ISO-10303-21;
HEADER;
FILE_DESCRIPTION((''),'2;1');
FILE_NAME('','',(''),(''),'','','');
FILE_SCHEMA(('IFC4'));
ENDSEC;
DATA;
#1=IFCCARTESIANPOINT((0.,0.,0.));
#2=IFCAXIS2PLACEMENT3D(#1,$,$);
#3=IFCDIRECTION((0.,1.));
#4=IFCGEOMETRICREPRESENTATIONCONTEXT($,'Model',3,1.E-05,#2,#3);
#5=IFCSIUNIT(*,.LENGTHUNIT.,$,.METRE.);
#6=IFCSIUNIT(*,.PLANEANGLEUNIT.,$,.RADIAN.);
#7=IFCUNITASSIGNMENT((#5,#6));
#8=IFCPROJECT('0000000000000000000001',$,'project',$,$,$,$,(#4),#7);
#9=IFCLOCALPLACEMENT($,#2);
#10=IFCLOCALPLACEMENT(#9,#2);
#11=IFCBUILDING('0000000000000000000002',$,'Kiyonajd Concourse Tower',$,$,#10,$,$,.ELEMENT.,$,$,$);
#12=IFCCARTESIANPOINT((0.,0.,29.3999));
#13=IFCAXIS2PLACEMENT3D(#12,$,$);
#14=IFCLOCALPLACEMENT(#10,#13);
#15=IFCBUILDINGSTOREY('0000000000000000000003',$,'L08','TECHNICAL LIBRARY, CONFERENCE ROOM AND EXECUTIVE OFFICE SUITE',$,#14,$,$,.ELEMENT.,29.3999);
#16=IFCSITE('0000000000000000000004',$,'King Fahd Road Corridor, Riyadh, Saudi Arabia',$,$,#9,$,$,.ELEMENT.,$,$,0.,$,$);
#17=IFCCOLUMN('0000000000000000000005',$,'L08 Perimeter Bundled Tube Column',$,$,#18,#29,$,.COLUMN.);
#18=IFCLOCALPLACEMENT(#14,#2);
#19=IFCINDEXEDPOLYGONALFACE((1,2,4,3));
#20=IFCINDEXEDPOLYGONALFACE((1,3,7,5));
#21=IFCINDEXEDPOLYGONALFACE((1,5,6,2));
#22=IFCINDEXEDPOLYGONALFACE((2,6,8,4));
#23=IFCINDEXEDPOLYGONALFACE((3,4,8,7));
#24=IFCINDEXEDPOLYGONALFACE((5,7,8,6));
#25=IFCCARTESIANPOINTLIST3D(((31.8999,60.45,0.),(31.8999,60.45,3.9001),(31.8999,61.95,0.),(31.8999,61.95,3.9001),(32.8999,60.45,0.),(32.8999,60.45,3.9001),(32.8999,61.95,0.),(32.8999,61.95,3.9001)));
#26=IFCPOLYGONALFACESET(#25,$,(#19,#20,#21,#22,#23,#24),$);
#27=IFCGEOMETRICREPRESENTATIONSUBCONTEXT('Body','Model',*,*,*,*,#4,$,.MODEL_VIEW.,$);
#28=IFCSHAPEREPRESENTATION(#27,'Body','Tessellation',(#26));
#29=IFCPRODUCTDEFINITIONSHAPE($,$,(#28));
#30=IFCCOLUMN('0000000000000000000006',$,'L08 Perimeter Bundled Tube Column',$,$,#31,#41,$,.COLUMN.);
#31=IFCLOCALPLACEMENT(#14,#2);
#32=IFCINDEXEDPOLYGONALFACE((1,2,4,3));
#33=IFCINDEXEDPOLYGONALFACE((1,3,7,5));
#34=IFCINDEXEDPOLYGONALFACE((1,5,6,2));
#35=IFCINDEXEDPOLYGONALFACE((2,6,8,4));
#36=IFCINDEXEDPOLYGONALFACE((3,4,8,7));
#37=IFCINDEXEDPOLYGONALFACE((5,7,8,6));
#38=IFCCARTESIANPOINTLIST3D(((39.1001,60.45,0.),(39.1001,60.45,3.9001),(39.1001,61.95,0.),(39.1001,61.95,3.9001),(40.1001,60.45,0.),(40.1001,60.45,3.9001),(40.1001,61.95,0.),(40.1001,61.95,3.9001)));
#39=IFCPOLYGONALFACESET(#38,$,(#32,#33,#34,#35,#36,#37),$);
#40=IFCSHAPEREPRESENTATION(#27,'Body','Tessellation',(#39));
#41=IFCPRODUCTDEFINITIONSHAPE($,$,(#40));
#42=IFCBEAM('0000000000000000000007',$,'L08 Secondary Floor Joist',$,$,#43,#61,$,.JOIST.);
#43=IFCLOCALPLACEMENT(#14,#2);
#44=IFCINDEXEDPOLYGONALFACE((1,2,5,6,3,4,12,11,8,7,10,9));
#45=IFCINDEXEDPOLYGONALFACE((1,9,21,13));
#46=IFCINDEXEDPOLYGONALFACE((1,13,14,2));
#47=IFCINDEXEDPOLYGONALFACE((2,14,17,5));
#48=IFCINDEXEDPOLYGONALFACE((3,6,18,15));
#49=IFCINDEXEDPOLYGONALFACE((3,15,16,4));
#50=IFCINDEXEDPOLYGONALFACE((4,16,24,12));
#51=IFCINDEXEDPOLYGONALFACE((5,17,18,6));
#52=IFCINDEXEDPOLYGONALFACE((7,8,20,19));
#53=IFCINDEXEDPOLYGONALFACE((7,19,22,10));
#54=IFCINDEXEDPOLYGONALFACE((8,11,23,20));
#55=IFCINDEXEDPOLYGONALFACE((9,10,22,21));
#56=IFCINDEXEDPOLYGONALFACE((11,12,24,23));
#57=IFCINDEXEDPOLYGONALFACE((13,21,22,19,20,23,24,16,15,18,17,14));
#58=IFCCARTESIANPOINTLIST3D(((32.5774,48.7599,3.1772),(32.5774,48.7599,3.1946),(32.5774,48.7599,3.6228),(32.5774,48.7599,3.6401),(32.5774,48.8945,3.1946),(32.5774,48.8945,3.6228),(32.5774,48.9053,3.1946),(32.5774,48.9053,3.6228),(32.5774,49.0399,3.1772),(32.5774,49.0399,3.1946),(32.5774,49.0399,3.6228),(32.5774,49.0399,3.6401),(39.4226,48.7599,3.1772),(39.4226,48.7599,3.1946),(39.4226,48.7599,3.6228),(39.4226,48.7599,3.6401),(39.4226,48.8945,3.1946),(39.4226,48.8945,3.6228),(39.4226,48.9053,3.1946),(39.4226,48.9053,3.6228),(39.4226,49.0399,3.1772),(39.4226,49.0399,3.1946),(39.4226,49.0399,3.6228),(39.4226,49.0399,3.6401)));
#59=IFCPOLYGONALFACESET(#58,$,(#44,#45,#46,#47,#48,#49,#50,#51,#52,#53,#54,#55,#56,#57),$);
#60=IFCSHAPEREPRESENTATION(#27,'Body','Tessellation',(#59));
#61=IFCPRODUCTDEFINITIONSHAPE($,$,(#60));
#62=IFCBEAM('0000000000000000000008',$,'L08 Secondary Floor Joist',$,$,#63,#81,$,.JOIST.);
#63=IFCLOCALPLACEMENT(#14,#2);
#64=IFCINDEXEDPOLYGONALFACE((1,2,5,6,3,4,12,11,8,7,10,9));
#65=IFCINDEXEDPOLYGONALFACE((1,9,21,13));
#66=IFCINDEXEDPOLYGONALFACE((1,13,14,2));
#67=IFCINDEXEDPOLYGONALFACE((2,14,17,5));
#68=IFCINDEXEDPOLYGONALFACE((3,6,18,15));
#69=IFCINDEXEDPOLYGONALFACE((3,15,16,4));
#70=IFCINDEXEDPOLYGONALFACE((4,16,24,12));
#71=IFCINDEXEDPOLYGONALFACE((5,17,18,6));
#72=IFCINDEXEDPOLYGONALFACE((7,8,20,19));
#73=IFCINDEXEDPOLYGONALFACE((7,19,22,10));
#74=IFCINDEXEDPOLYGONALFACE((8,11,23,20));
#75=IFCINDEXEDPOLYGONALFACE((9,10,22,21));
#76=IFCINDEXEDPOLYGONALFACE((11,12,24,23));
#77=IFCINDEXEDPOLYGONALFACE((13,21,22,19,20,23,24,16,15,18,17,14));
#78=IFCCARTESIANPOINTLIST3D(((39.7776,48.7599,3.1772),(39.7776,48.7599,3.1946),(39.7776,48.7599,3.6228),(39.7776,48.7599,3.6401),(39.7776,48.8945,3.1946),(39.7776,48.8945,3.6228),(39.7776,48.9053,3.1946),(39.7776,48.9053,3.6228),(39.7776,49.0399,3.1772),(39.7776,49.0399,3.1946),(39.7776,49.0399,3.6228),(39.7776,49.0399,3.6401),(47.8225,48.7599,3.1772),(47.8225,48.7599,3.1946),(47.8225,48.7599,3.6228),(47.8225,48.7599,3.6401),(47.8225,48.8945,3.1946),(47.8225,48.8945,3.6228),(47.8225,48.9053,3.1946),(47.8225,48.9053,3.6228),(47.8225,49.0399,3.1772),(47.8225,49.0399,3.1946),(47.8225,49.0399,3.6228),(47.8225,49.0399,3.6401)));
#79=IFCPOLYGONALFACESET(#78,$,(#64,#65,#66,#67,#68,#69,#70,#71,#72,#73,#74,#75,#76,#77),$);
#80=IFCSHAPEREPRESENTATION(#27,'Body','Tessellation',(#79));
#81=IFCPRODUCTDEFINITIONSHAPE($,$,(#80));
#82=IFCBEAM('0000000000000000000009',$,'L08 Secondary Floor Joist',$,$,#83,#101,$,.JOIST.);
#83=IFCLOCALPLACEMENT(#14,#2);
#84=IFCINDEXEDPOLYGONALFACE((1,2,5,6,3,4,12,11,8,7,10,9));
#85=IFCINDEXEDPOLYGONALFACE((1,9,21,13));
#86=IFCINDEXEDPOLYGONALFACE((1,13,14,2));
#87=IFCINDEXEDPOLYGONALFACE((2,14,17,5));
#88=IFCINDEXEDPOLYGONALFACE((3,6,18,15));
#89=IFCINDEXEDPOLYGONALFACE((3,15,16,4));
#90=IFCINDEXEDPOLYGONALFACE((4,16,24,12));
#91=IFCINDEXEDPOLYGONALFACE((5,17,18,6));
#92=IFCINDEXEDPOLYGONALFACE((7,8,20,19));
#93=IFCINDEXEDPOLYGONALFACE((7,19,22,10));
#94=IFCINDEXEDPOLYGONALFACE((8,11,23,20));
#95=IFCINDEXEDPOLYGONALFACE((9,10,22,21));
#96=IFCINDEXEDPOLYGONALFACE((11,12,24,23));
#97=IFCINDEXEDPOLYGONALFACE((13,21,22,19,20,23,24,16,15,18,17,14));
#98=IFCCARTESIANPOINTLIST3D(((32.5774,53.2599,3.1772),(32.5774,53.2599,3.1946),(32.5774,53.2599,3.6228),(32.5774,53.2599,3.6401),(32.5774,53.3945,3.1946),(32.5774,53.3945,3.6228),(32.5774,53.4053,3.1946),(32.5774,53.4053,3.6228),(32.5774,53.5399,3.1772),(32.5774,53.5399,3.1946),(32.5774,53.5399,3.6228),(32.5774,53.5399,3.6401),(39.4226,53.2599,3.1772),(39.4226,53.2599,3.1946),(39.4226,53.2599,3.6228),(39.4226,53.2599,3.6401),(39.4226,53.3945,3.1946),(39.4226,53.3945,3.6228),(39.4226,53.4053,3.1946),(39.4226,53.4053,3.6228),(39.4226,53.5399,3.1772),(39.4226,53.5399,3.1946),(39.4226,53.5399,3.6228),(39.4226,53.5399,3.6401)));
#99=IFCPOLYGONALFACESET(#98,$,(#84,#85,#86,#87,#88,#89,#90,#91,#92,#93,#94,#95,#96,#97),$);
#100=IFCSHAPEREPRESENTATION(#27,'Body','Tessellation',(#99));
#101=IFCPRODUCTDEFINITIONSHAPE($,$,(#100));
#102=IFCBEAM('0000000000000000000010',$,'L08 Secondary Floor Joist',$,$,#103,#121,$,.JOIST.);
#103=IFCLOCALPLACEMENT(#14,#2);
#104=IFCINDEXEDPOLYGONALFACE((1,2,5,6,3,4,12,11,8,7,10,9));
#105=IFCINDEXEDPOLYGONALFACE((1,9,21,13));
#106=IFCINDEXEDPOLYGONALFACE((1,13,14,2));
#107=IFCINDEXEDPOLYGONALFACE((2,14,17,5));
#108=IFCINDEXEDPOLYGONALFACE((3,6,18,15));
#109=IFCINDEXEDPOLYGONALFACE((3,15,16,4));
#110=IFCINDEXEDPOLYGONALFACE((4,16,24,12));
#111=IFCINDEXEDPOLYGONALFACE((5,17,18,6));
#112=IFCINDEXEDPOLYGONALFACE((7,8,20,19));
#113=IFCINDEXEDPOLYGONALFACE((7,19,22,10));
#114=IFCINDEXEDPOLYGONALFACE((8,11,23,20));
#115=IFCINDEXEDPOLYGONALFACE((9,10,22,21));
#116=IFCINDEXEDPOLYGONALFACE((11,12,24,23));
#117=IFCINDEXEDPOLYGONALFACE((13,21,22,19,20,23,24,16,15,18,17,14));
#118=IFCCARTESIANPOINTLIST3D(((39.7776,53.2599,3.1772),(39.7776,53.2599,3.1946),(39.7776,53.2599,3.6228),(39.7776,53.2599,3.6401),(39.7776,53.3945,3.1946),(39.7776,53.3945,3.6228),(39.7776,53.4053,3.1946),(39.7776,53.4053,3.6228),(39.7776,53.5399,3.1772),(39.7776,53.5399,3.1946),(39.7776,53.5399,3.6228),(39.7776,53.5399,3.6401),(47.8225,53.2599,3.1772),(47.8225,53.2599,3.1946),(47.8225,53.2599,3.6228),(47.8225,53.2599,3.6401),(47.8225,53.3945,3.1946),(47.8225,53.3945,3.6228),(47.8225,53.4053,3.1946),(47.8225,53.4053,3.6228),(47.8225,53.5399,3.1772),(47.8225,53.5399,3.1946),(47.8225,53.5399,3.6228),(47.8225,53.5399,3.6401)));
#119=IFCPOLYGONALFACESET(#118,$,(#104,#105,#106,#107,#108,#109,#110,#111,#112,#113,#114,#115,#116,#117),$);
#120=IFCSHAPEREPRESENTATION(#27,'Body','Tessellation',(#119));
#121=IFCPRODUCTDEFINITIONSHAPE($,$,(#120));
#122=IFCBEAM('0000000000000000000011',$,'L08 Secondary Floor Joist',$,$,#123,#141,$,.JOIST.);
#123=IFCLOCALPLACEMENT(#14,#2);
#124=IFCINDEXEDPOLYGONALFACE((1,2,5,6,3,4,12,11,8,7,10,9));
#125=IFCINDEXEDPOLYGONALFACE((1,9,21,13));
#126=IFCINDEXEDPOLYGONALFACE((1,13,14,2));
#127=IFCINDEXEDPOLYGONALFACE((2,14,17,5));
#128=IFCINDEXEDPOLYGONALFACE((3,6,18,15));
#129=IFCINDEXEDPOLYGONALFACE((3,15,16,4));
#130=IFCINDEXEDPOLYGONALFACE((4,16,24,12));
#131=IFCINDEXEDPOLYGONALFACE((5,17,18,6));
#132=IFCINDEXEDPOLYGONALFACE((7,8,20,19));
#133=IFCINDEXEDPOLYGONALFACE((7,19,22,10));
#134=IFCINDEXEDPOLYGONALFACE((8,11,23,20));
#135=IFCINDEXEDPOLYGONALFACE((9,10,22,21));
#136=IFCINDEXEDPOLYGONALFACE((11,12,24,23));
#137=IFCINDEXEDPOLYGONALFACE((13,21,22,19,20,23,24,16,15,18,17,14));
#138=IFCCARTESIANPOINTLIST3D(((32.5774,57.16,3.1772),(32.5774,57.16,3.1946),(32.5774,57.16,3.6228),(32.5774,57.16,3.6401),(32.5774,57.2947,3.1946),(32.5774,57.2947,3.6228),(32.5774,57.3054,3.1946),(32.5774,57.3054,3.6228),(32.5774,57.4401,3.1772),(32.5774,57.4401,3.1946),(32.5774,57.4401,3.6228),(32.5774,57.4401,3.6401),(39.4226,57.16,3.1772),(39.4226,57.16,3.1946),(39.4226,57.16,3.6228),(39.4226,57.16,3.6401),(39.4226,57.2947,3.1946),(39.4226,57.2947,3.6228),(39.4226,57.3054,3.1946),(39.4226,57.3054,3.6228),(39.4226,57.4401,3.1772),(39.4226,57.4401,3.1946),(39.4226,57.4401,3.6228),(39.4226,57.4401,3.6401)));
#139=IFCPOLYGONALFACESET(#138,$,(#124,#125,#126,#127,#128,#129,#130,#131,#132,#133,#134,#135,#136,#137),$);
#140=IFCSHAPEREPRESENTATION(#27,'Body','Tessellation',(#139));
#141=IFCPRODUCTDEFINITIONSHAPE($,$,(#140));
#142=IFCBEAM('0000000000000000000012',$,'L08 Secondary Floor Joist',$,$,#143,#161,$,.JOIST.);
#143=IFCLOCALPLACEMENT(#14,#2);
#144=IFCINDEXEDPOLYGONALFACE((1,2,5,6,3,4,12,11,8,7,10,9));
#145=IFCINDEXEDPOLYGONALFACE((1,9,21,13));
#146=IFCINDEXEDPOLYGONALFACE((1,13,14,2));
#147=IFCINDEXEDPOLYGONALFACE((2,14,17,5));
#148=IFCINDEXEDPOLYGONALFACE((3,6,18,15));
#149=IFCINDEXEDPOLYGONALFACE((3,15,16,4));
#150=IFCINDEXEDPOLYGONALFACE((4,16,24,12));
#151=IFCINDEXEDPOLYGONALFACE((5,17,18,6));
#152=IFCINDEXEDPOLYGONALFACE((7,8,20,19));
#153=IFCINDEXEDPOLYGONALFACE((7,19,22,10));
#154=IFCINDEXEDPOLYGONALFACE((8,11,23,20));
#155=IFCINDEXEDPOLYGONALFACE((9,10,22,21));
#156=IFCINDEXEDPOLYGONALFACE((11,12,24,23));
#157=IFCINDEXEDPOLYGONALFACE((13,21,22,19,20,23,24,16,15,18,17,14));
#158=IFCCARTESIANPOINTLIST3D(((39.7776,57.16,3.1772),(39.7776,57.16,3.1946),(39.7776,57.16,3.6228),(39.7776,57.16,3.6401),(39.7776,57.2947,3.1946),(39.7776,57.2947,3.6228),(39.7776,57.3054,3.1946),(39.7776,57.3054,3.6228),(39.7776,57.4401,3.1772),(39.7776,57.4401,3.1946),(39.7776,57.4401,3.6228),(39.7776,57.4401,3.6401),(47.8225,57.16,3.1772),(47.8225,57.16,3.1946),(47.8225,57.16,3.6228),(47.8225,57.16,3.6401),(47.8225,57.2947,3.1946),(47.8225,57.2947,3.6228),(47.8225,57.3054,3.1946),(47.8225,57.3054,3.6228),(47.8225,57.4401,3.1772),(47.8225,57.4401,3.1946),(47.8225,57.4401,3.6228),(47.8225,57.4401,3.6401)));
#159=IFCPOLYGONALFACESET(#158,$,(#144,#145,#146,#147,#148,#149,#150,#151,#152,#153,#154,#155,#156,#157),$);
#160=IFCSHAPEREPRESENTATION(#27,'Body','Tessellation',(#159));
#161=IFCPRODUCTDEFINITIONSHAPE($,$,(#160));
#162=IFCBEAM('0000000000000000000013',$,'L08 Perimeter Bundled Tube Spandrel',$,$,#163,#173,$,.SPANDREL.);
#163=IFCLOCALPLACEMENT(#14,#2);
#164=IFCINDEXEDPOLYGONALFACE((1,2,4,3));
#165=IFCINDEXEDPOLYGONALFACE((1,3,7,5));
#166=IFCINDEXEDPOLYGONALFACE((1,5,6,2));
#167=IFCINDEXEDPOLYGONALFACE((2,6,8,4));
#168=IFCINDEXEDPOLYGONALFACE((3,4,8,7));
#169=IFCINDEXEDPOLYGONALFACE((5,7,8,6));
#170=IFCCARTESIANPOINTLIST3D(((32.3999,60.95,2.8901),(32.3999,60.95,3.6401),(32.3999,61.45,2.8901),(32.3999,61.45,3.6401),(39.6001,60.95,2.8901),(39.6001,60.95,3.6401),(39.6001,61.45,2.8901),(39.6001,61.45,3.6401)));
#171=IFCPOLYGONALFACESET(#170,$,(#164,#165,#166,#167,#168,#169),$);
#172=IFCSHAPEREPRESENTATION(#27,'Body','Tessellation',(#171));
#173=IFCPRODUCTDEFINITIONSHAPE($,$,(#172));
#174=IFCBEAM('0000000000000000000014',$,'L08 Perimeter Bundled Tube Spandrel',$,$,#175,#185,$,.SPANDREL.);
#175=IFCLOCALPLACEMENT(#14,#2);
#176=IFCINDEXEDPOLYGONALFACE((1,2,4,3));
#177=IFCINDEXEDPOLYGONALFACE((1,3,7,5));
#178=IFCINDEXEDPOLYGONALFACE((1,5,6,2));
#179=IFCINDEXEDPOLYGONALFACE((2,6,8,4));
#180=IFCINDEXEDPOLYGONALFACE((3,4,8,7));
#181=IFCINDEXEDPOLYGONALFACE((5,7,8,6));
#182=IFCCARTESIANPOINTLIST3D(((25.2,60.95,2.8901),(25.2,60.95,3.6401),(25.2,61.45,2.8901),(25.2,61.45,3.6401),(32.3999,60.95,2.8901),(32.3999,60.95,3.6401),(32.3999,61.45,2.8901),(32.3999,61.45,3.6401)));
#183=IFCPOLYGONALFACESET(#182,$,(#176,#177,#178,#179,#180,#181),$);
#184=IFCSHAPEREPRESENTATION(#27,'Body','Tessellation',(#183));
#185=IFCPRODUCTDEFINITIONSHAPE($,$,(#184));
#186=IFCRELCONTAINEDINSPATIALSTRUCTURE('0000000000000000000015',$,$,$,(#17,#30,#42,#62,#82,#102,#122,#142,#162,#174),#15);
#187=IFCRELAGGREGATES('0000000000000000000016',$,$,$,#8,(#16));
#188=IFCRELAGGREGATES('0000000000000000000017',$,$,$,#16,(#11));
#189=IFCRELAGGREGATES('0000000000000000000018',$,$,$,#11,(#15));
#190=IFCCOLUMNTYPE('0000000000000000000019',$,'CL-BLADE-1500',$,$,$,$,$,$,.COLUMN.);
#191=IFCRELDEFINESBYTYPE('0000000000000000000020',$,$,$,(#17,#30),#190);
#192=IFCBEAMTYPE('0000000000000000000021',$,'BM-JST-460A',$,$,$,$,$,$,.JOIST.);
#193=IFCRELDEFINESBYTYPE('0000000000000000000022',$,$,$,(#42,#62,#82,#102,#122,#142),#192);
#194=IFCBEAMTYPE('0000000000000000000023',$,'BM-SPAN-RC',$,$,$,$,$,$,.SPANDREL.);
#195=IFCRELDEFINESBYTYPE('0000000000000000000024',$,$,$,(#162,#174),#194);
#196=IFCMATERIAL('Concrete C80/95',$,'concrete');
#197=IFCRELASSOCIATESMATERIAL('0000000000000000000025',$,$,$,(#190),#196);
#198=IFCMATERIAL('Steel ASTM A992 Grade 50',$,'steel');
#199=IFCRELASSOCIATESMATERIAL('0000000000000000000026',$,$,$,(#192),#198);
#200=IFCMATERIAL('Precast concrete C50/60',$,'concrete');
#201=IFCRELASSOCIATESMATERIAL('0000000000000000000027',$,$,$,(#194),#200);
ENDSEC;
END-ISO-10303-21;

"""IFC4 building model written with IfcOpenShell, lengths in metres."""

from ifc_helpers import new_model, si_unit, direction, frame, origin, origin_2d, place, context, subcontext, project, spatial, rectangle, i_section, extrude, material, material_profile, profile_set, type_object, element, save


model = new_model("IFC4")

# Units and contexts
model_context = context("Model", 3, precision=1e-05, world=origin(), true_north=direction((0.0, 1.0)))
body_context = subcontext(model_context, "Body", "Model", "MODEL_VIEW")
ifc_project = project(units=[si_unit("LENGTHUNIT", "METRE"), si_unit("PLANEANGLEUNIT", "RADIAN")], contexts=[model_context])

# Site, building, storey
site_placement = place(None, origin())
site = spatial("IfcSite", under=ifc_project, at=site_placement, Name="King Fahd Road Corridor, Riyadh, Saudi Arabia", CompositionType="ELEMENT", RefElevation=0.0)
building_placement = place(site_placement, origin())
building = spatial("IfcBuilding", under=site, at=building_placement, Name="Kiyonajd Concourse Tower", CompositionType="ELEMENT")
storey_placement = place(building_placement, frame((0.0, 0.0, 29.3999)))
storey = spatial("IfcBuildingStorey", under=building, at=storey_placement, Name="L08", Description="TECHNICAL LIBRARY, CONFERENCE ROOM AND EXECUTIVE OFFICE SUITE", CompositionType="ELEMENT", Elevation=29.3999)

# Columns
ifc_material_1 = material(Name="Concrete C80/95", Category="concrete")
ifc_material_profile_1 = material_profile(ifc_material_1, rectangle(XDim=1.0, YDim=1.5, at=origin_2d()), Name="RC-1500x1000")
ifc_profile_set_1 = profile_set([ifc_material_profile_1], Name="Concrete C80/95")
column_type = type_object("IfcColumnType", Name="CL-BLADE-1500", PredefinedType="COLUMN", material=ifc_profile_set_1)
for number, where, z_axis, x_axis, name in (
    (1, (32.3999, 61.2, 0.0), (0.0, 0.0, 1.0), (1.0, 0.0, 0.0), "L08 Perimeter Bundled Tube Column"),
    (2, (39.6001, 61.2, 0.0), (0.0, 0.0, 1.0), (1.0, 0.0, 0.0), "L08 Perimeter Bundled Tube Column"),
):
    element("IfcColumn", number, at=place(storey_placement, frame(where, z_axis=z_axis, x_axis=x_axis)), inside=storey, type_object=column_type, Name=name, PredefinedType="COLUMN", context=body_context, shape_type="SweptSolid", body=[
        extrude(rectangle(XDim=1.0, YDim=1.5, at=origin_2d()), origin(), (0.0, 0.0, 1.0), 3.9001),
    ])

# Beams
ifc_material_2 = material(Name="Steel ASTM A992 Grade 50", Category="steel")
ifc_material_profile_2 = material_profile(ifc_material_2, i_section(OverallWidth=0.28, OverallDepth=0.4629, WebThickness=0.0107, FlangeThickness=0.0173, at=origin_2d()), Name="W460X113")
ifc_profile_set_2 = profile_set([ifc_material_profile_2], Name="Steel ASTM A992 Grade 50")
beam_type_1 = type_object("IfcBeamType", Name="BM-JST-460A", PredefinedType="JOIST", material=ifc_profile_set_2)
beam_1_placement = place(storey_placement, frame((32.5774, 48.8999, 3.4087), z_axis=(1.0, 0.0, 0.0), x_axis=(0.0, 1.0, 0.0)))
element("IfcBeam", 3, at=beam_1_placement, inside=storey, type_object=beam_type_1, Name="L08 Secondary Floor Joist", PredefinedType="JOIST", context=body_context, shape_type="SweptSolid", body=[
    extrude(i_section(OverallWidth=0.28, OverallDepth=0.4629, WebThickness=0.0107, FlangeThickness=0.0173, at=origin_2d()), origin(), (0.0, 0.0, 1.0), 6.8452),
])
beam_2_placement = place(storey_placement, frame((39.7776, 48.8999, 3.4087), z_axis=(1.0, 0.0, 0.0), x_axis=(0.0, 1.0, 0.0)))
element("IfcBeam", 4, at=beam_2_placement, inside=storey, type_object=beam_type_1, Name="L08 Secondary Floor Joist", PredefinedType="JOIST", context=body_context, shape_type="SweptSolid", body=[
    extrude(i_section(OverallWidth=0.28, OverallDepth=0.4629, WebThickness=0.0107, FlangeThickness=0.0173, at=origin_2d()), origin(), (0.0, 0.0, 1.0), 8.0449),
])
beam_3_placement = place(storey_placement, frame((32.5774, 53.3999, 3.4087), z_axis=(1.0, 0.0, 0.0), x_axis=(0.0, 1.0, 0.0)))
element("IfcBeam", 5, at=beam_3_placement, inside=storey, type_object=beam_type_1, Name="L08 Secondary Floor Joist", PredefinedType="JOIST", context=body_context, shape_type="SweptSolid", body=[
    extrude(i_section(OverallWidth=0.28, OverallDepth=0.4629, WebThickness=0.0107, FlangeThickness=0.0173, at=origin_2d()), origin(), (0.0, 0.0, 1.0), 6.8452),
])
beam_4_placement = place(storey_placement, frame((39.7776, 53.3999, 3.4087), z_axis=(1.0, 0.0, 0.0), x_axis=(0.0, 1.0, 0.0)))
element("IfcBeam", 6, at=beam_4_placement, inside=storey, type_object=beam_type_1, Name="L08 Secondary Floor Joist", PredefinedType="JOIST", context=body_context, shape_type="SweptSolid", body=[
    extrude(i_section(OverallWidth=0.28, OverallDepth=0.4629, WebThickness=0.0107, FlangeThickness=0.0173, at=origin_2d()), origin(), (0.0, 0.0, 1.0), 8.0449),
])
beam_5_placement = place(storey_placement, frame((32.5774, 57.3, 3.4087), z_axis=(1.0, 0.0, 0.0), x_axis=(0.0, 1.0, 0.0)))
element("IfcBeam", 7, at=beam_5_placement, inside=storey, type_object=beam_type_1, Name="L08 Secondary Floor Joist", PredefinedType="JOIST", context=body_context, shape_type="SweptSolid", body=[
    extrude(i_section(OverallWidth=0.28, OverallDepth=0.4629, WebThickness=0.0107, FlangeThickness=0.0173, at=origin_2d()), origin(), (0.0, 0.0, 1.0), 6.8452),
])
beam_6_placement = place(storey_placement, frame((39.7776, 57.3, 3.4087), z_axis=(1.0, 0.0, 0.0), x_axis=(0.0, 1.0, 0.0)))
element("IfcBeam", 8, at=beam_6_placement, inside=storey, type_object=beam_type_1, Name="L08 Secondary Floor Joist", PredefinedType="JOIST", context=body_context, shape_type="SweptSolid", body=[
    extrude(i_section(OverallWidth=0.28, OverallDepth=0.4629, WebThickness=0.0107, FlangeThickness=0.0173, at=origin_2d()), origin(), (0.0, 0.0, 1.0), 8.0449),
])
ifc_material_3 = material(Name="Precast concrete C50/60", Category="concrete")
ifc_material_profile_3 = material_profile(ifc_material_3, rectangle(XDim=0.5, YDim=0.75, at=origin_2d()), Name="RCBM-500x750")
ifc_profile_set_3 = profile_set([ifc_material_profile_3], Name="Precast concrete C50/60")
beam_type_2 = type_object("IfcBeamType", Name="BM-SPAN-RC", PredefinedType="SPANDREL", material=ifc_profile_set_3)
beam_7_placement = place(storey_placement, frame((39.6001, 61.2, 3.2651), z_axis=(-1.0, 0.0, 0.0), x_axis=(0.0, -1.0, 0.0)))
element("IfcBeam", 9, at=beam_7_placement, inside=storey, type_object=beam_type_2, Name="L08 Perimeter Bundled Tube Spandrel", PredefinedType="SPANDREL", context=body_context, shape_type="SweptSolid", body=[
    extrude(rectangle(XDim=0.5, YDim=0.75, at=origin_2d()), origin(), (0.0, 0.0, 1.0), 7.2002),
])
beam_8_placement = place(storey_placement, frame((32.3999, 61.2, 3.2651), z_axis=(-1.0, 0.0, 0.0), x_axis=(0.0, -1.0, 0.0)))
element("IfcBeam", 10, at=beam_8_placement, inside=storey, type_object=beam_type_2, Name="L08 Perimeter Bundled Tube Spandrel", PredefinedType="SPANDREL", context=body_context, shape_type="SweptSolid", body=[
    extrude(rectangle(XDim=0.5, YDim=0.75, at=origin_2d()), origin(), (0.0, 0.0, 1.0), 7.2),
])

save(model, "model.ifc")
